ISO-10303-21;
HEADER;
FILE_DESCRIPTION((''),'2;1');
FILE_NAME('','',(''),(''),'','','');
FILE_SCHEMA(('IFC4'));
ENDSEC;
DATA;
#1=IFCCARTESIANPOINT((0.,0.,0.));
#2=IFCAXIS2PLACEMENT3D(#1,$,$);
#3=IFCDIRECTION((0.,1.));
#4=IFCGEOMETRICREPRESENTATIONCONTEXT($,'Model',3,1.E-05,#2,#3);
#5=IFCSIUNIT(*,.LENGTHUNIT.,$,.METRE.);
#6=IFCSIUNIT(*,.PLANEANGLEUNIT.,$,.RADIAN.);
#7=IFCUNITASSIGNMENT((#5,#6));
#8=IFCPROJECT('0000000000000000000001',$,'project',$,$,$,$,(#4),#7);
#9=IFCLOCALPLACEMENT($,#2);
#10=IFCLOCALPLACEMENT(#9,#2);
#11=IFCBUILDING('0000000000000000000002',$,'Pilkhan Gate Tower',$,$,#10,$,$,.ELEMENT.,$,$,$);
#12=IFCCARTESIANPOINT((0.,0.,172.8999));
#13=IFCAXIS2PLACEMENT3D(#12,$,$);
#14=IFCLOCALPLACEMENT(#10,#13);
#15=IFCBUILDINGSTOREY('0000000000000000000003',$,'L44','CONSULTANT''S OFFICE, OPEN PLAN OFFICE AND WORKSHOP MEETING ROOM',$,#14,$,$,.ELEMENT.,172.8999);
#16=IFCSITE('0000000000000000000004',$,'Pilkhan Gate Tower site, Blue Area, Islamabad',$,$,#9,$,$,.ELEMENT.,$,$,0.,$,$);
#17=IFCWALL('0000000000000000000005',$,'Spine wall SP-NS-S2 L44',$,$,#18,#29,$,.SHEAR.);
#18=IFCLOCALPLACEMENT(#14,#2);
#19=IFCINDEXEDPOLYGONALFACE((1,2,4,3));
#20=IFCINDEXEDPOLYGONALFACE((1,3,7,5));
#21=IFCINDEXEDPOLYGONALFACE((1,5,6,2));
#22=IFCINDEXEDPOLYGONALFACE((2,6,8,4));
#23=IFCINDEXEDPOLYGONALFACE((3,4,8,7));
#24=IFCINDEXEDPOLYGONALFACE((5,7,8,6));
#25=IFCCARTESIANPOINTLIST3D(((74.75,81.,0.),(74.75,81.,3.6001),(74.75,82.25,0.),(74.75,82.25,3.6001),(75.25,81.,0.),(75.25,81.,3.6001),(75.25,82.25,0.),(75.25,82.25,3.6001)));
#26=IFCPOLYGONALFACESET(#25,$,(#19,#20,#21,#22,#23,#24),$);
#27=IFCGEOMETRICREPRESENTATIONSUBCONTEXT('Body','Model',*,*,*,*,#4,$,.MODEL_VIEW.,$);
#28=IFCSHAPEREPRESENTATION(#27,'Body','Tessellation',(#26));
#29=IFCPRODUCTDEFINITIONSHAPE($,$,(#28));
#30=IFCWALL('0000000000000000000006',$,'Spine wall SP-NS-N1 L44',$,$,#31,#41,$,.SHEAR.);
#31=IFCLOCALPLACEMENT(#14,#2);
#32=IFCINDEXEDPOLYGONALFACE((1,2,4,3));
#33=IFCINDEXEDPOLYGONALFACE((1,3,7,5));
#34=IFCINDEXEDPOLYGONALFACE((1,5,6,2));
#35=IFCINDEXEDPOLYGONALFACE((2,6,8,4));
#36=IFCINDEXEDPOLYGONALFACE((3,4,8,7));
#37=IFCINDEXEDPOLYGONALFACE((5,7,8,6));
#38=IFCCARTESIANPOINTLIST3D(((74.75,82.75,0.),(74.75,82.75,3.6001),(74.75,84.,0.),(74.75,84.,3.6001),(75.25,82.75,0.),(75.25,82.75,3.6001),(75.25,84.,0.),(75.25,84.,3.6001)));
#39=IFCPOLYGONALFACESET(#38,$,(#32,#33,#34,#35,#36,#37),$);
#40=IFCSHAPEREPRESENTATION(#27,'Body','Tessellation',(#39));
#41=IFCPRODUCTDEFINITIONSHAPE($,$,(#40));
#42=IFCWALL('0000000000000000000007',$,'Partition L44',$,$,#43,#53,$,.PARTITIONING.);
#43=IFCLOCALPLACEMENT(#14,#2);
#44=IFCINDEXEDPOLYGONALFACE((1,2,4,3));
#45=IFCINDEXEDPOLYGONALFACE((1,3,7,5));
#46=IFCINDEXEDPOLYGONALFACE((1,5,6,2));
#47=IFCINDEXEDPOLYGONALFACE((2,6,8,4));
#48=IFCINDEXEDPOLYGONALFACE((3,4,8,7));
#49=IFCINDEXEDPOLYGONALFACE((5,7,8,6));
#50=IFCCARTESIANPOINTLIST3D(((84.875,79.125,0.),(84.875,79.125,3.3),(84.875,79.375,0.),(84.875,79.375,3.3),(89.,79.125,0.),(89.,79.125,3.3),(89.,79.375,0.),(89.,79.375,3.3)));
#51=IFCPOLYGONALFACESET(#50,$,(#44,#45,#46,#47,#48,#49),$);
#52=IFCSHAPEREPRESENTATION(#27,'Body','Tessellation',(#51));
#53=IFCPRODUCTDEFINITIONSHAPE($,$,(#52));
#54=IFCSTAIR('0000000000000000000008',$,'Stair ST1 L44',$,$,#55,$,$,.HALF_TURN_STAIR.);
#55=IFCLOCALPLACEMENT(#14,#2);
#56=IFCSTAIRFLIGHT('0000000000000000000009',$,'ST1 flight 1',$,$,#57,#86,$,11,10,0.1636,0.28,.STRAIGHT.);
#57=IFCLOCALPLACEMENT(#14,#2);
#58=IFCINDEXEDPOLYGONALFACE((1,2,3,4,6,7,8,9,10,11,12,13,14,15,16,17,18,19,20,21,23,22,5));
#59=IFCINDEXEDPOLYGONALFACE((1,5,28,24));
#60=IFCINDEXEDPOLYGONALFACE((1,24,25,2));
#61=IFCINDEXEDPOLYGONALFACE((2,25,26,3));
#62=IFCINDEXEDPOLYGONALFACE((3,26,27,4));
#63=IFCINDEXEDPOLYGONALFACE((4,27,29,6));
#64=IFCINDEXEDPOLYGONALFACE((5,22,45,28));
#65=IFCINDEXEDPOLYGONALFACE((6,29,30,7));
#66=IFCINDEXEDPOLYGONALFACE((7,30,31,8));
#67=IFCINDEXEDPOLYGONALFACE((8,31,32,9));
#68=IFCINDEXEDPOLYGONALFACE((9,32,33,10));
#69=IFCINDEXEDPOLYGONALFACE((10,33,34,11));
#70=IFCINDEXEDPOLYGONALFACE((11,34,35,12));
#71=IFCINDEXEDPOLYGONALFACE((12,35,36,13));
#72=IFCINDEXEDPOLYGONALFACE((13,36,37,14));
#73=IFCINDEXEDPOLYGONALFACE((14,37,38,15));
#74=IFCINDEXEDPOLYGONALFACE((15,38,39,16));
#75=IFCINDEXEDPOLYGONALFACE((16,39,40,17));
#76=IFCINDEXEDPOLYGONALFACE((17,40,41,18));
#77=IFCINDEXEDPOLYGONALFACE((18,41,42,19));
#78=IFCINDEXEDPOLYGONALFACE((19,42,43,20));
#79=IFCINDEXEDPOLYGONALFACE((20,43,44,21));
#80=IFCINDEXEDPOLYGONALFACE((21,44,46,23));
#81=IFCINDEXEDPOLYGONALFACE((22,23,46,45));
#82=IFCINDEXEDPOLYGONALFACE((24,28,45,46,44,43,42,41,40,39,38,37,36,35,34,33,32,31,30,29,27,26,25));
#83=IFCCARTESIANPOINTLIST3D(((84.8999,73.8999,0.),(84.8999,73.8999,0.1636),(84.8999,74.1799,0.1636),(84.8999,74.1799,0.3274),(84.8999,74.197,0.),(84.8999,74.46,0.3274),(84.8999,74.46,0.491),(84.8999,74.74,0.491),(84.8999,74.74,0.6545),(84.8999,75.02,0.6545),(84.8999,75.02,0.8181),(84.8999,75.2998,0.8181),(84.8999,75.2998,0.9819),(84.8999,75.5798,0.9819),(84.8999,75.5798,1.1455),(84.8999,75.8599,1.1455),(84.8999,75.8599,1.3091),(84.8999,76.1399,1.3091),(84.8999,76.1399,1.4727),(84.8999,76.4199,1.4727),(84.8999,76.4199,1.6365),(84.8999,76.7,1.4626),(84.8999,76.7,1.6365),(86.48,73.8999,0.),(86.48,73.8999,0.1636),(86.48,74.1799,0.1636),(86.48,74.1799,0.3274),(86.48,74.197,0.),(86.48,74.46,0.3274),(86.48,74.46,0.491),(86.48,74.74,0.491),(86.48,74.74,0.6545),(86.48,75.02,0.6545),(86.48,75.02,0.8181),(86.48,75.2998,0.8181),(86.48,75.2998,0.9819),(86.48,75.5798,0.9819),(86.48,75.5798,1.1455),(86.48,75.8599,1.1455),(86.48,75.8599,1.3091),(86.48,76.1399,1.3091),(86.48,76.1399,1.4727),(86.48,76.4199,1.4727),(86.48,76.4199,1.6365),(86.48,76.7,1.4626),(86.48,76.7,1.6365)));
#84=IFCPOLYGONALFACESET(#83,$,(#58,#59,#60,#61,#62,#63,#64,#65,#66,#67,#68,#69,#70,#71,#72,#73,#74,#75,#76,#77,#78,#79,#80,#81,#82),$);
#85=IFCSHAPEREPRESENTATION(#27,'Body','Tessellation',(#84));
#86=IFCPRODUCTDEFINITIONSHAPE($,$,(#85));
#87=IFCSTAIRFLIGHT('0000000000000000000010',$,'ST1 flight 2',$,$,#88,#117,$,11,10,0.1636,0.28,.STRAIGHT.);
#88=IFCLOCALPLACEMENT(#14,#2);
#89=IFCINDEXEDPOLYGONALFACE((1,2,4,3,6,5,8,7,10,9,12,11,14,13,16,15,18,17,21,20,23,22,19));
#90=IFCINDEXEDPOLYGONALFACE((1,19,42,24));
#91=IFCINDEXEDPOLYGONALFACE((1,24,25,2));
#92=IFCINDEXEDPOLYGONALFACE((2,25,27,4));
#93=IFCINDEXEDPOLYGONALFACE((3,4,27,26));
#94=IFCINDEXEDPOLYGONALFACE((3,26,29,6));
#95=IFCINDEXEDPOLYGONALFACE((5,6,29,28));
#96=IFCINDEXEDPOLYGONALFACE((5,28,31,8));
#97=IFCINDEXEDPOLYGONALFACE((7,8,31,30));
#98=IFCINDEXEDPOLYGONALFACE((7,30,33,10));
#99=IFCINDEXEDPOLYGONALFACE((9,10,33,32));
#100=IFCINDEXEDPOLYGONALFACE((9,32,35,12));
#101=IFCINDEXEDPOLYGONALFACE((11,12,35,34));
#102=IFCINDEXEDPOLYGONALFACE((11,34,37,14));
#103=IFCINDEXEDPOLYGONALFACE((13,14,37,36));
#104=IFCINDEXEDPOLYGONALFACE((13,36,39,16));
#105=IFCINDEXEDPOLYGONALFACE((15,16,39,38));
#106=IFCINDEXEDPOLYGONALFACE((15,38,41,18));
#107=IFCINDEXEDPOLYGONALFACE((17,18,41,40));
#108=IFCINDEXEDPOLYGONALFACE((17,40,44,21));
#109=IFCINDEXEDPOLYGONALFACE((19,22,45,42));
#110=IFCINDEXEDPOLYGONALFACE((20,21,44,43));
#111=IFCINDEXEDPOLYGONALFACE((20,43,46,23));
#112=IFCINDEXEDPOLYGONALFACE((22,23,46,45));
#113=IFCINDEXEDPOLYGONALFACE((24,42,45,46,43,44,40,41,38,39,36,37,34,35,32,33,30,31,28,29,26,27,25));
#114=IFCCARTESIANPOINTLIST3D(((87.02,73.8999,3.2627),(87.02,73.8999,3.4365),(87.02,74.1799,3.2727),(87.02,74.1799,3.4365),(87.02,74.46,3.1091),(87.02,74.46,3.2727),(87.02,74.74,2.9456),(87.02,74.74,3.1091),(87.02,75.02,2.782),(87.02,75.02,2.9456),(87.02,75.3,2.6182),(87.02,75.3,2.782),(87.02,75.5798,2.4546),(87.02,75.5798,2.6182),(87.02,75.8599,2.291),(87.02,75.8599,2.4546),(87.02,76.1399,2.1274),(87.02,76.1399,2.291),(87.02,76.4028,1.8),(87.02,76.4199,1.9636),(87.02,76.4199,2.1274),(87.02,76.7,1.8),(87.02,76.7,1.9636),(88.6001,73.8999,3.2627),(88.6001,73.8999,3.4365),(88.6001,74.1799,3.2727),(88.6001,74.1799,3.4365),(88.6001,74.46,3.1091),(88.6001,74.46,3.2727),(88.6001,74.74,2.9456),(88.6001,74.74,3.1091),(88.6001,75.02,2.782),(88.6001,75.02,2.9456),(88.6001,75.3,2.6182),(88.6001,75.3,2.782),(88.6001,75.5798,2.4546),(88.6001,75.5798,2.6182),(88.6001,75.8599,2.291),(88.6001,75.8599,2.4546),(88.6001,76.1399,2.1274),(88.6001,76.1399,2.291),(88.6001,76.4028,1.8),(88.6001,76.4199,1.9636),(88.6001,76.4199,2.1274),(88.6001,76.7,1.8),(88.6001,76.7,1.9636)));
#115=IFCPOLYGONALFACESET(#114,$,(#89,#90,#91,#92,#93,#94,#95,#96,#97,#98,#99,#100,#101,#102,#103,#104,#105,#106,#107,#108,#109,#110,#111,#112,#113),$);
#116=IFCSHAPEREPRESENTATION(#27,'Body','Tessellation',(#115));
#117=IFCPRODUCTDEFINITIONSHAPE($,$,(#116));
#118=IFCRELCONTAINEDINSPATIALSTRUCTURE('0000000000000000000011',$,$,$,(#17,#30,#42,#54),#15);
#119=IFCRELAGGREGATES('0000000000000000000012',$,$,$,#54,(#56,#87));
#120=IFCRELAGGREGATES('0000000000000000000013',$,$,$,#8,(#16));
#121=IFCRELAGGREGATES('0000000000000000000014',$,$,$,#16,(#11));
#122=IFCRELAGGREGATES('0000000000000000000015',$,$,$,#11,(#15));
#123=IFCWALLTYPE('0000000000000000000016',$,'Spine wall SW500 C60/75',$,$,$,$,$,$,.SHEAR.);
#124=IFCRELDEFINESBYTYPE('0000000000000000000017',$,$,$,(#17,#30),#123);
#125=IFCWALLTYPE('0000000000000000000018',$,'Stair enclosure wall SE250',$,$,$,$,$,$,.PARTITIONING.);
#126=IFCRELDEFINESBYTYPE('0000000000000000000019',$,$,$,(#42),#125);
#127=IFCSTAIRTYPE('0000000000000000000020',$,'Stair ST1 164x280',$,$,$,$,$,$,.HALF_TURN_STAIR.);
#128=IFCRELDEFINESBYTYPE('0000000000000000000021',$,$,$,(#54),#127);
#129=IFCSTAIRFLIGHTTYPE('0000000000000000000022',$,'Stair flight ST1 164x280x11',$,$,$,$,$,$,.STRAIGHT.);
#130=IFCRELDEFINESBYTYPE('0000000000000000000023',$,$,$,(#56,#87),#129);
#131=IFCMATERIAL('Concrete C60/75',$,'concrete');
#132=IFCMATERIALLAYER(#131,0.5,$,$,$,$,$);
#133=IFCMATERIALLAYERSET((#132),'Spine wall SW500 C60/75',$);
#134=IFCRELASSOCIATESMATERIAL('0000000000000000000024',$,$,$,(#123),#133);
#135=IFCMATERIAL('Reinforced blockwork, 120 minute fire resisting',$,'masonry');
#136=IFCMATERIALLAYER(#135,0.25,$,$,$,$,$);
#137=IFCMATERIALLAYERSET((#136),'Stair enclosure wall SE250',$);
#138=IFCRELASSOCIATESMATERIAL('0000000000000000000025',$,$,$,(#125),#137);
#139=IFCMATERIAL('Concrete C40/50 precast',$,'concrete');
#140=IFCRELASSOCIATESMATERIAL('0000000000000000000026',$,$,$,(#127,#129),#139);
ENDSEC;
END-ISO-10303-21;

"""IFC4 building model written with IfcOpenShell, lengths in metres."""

from ifc_helpers import new_model, si_unit, direction, frame, frame_2d, origin, place, context, subcontext, project, spatial, polyline, rectangle, outline, extrude, material, layer, layer_set, type_object, element, aggregate, save


model = new_model("IFC4")

# Units and contexts
model_context = context("Model", 3, precision=1e-05, world=origin(), true_north=direction((0.0, 1.0)))
body_context = subcontext(model_context, "Body", "Model", "MODEL_VIEW")
ifc_project = project(units=[si_unit("LENGTHUNIT", "METRE"), si_unit("PLANEANGLEUNIT", "RADIAN")], contexts=[model_context])

# Site, building, storey
site_placement = place(None, origin())
site = spatial("IfcSite", under=ifc_project, at=site_placement, Name="Pilkhan Gate Tower site, Blue Area, Islamabad", CompositionType="ELEMENT", RefElevation=0.0)
building_placement = place(site_placement, origin())
building = spatial("IfcBuilding", under=site, at=building_placement, Name="Pilkhan Gate Tower", CompositionType="ELEMENT")
storey_placement = place(building_placement, frame((0.0, 0.0, 172.8999)))
storey = spatial("IfcBuildingStorey", under=building, at=storey_placement, Name="L44", Description="CONSULTANT'S OFFICE, OPEN PLAN OFFICE AND WORKSHOP MEETING ROOM", CompositionType="ELEMENT", Elevation=172.8999)

# Shared definitions
ifc_material_1 = material(Name="Concrete C60/75", Category="concrete")

# Walls
ifc_layer_1 = layer(ifc_material_1, 0.5)
ifc_layer_set_1 = layer_set([ifc_layer_1], Name="Spine wall SW500 C60/75")
wall_type_1 = type_object("IfcWallType", Name="Spine wall SW500 C60/75", PredefinedType="SHEAR", material=ifc_layer_set_1)
for number, where, z_axis, x_axis, name in (
    (1, (75.0, 81.0, 0.0), (0.0, 0.0, 1.0), (0.0, 1.0, 0.0), "Spine wall SP-NS-S2 L44"),
    (2, (75.0, 82.75, 0.0), (0.0, 0.0, 1.0), (0.0, 1.0, 0.0), "Spine wall SP-NS-N1 L44"),
):
    element("IfcWall", number, at=place(storey_placement, frame(where, z_axis=z_axis, x_axis=x_axis)), inside=storey, type_object=wall_type_1, Name=name, PredefinedType="SHEAR", context=body_context, shape_type="SweptSolid", body=[
        extrude(rectangle(XDim=1.25, YDim=0.5, at=frame_2d((0.625, 0.0))), origin(), (0.0, 0.0, 1.0), 3.6001),
    ])
ifc_material_2 = material(Name="Reinforced blockwork, 120 minute fire resisting", Category="masonry")
ifc_layer_2 = layer(ifc_material_2, 0.25)
ifc_layer_set_2 = layer_set([ifc_layer_2], Name="Stair enclosure wall SE250")
wall_type_2 = type_object("IfcWallType", Name="Stair enclosure wall SE250", PredefinedType="PARTITIONING", material=ifc_layer_set_2)
wall_1_placement = place(storey_placement, frame((84.875, 79.25, 0.0), z_axis=(0.0, 0.0, 1.0), x_axis=(1.0, 0.0, 0.0)))
element("IfcWall", 3, at=wall_1_placement, inside=storey, type_object=wall_type_2, Name="Partition L44", PredefinedType="PARTITIONING", context=body_context, shape_type="SweptSolid", body=[
    extrude(rectangle(XDim=4.125, YDim=0.25, at=frame_2d((2.0625, 0.0))), origin(), (0.0, 0.0, 1.0), 3.3),
])

# Stair, stair flights
ifc_material_3 = material(Name="Concrete C40/50 precast", Category="concrete")
stair_type = type_object("IfcStairType", Name="Stair ST1 164x280", PredefinedType="HALF_TURN_STAIR", material=ifc_material_3)
stair_placement = place(storey_placement, origin())
stair = element("IfcStair", 4, at=stair_placement, inside=storey, type_object=stair_type, Name="Stair ST1 L44", PredefinedType="HALF_TURN_STAIR")
stair_flight_type = type_object("IfcStairFlightType", Name="Stair flight ST1 164x280x11", PredefinedType="STRAIGHT", material=ifc_material_3)
stair_flight_1_placement = place(storey_placement, frame((85.6899, 73.8999, 0.0), z_axis=(0.0, 0.0, 1.0), x_axis=(0.0, 1.0, 0.0)))
stair_flight_1 = element("IfcStairFlight", 5, at=stair_flight_1_placement, type_object=stair_flight_type, Name="ST1 flight 1", NumberOfRisers=11, NumberOfTreads=10, PredefinedType="STRAIGHT", RiserHeight=0.1636, TreadLength=0.28, context=body_context, shape_type="SweptSolid", body=[
    extrude(outline(polyline([(0.0, 0.0), (0.0, 0.1636), (0.28, 0.1636), (0.28, 0.3274), (0.5601, 0.3274), (0.5601, 0.491), (0.8401, 0.491), (0.8401, 0.6545), (1.1201, 0.6545), (1.1201, 0.8181), (1.3999, 0.8181), (1.3999, 0.9819), (1.6799, 0.9819), (1.6799, 1.1455), (1.96, 1.1455), (1.96, 1.3091), (2.24, 1.3091), (2.24, 1.4727), (2.52, 1.4727), (2.52, 1.6365), (2.8, 1.6365), (2.8, 1.8), (2.8, 1.4626), (0.2971, 0.0), (0.0, 0.0)])), frame((0.0, 0.79, 0.0), z_axis=(0.0, -1.0, 0.0), x_axis=(1.0, 0.0, 0.0)), (0.0, 0.0, 1.0), 1.5801),
])
stair_flight_2_placement = place(storey_placement, frame((87.8101, 76.7, 1.8), z_axis=(0.0, 0.0, 1.0), x_axis=(0.0, -1.0, 0.0)))
stair_flight_2 = element("IfcStairFlight", 6, at=stair_flight_2_placement, type_object=stair_flight_type, Name="ST1 flight 2", NumberOfRisers=11, NumberOfTreads=10, PredefinedType="STRAIGHT", RiserHeight=0.1636, TreadLength=0.28, context=body_context, shape_type="SweptSolid", body=[
    extrude(outline(polyline([(0.0, 0.0), (0.0, 0.1636), (0.28, 0.1636), (0.28, 0.3274), (0.5601, 0.3274), (0.5601, 0.491), (0.8401, 0.491), (0.8401, 0.6545), (1.1201, 0.6545), (1.1201, 0.8181), (1.3999, 0.8181), (1.3999, 0.9819), (1.6799, 0.9819), (1.6799, 1.1455), (1.96, 1.1455), (1.96, 1.3091), (2.24, 1.3091), (2.24, 1.4727), (2.52, 1.4727), (2.52, 1.6365), (2.8, 1.6365), (2.8, 1.8), (2.8, 1.4626), (0.2971, 0.0), (0.0, 0.0)])), frame((0.0, 0.79, 0.0), z_axis=(0.0, -1.0, 0.0), x_axis=(1.0, 0.0, 0.0)), (0.0, 0.0, 1.0), 1.5801),
])
aggregate(stair, [stair_flight_1, stair_flight_2])

save(model, "model.ifc")
